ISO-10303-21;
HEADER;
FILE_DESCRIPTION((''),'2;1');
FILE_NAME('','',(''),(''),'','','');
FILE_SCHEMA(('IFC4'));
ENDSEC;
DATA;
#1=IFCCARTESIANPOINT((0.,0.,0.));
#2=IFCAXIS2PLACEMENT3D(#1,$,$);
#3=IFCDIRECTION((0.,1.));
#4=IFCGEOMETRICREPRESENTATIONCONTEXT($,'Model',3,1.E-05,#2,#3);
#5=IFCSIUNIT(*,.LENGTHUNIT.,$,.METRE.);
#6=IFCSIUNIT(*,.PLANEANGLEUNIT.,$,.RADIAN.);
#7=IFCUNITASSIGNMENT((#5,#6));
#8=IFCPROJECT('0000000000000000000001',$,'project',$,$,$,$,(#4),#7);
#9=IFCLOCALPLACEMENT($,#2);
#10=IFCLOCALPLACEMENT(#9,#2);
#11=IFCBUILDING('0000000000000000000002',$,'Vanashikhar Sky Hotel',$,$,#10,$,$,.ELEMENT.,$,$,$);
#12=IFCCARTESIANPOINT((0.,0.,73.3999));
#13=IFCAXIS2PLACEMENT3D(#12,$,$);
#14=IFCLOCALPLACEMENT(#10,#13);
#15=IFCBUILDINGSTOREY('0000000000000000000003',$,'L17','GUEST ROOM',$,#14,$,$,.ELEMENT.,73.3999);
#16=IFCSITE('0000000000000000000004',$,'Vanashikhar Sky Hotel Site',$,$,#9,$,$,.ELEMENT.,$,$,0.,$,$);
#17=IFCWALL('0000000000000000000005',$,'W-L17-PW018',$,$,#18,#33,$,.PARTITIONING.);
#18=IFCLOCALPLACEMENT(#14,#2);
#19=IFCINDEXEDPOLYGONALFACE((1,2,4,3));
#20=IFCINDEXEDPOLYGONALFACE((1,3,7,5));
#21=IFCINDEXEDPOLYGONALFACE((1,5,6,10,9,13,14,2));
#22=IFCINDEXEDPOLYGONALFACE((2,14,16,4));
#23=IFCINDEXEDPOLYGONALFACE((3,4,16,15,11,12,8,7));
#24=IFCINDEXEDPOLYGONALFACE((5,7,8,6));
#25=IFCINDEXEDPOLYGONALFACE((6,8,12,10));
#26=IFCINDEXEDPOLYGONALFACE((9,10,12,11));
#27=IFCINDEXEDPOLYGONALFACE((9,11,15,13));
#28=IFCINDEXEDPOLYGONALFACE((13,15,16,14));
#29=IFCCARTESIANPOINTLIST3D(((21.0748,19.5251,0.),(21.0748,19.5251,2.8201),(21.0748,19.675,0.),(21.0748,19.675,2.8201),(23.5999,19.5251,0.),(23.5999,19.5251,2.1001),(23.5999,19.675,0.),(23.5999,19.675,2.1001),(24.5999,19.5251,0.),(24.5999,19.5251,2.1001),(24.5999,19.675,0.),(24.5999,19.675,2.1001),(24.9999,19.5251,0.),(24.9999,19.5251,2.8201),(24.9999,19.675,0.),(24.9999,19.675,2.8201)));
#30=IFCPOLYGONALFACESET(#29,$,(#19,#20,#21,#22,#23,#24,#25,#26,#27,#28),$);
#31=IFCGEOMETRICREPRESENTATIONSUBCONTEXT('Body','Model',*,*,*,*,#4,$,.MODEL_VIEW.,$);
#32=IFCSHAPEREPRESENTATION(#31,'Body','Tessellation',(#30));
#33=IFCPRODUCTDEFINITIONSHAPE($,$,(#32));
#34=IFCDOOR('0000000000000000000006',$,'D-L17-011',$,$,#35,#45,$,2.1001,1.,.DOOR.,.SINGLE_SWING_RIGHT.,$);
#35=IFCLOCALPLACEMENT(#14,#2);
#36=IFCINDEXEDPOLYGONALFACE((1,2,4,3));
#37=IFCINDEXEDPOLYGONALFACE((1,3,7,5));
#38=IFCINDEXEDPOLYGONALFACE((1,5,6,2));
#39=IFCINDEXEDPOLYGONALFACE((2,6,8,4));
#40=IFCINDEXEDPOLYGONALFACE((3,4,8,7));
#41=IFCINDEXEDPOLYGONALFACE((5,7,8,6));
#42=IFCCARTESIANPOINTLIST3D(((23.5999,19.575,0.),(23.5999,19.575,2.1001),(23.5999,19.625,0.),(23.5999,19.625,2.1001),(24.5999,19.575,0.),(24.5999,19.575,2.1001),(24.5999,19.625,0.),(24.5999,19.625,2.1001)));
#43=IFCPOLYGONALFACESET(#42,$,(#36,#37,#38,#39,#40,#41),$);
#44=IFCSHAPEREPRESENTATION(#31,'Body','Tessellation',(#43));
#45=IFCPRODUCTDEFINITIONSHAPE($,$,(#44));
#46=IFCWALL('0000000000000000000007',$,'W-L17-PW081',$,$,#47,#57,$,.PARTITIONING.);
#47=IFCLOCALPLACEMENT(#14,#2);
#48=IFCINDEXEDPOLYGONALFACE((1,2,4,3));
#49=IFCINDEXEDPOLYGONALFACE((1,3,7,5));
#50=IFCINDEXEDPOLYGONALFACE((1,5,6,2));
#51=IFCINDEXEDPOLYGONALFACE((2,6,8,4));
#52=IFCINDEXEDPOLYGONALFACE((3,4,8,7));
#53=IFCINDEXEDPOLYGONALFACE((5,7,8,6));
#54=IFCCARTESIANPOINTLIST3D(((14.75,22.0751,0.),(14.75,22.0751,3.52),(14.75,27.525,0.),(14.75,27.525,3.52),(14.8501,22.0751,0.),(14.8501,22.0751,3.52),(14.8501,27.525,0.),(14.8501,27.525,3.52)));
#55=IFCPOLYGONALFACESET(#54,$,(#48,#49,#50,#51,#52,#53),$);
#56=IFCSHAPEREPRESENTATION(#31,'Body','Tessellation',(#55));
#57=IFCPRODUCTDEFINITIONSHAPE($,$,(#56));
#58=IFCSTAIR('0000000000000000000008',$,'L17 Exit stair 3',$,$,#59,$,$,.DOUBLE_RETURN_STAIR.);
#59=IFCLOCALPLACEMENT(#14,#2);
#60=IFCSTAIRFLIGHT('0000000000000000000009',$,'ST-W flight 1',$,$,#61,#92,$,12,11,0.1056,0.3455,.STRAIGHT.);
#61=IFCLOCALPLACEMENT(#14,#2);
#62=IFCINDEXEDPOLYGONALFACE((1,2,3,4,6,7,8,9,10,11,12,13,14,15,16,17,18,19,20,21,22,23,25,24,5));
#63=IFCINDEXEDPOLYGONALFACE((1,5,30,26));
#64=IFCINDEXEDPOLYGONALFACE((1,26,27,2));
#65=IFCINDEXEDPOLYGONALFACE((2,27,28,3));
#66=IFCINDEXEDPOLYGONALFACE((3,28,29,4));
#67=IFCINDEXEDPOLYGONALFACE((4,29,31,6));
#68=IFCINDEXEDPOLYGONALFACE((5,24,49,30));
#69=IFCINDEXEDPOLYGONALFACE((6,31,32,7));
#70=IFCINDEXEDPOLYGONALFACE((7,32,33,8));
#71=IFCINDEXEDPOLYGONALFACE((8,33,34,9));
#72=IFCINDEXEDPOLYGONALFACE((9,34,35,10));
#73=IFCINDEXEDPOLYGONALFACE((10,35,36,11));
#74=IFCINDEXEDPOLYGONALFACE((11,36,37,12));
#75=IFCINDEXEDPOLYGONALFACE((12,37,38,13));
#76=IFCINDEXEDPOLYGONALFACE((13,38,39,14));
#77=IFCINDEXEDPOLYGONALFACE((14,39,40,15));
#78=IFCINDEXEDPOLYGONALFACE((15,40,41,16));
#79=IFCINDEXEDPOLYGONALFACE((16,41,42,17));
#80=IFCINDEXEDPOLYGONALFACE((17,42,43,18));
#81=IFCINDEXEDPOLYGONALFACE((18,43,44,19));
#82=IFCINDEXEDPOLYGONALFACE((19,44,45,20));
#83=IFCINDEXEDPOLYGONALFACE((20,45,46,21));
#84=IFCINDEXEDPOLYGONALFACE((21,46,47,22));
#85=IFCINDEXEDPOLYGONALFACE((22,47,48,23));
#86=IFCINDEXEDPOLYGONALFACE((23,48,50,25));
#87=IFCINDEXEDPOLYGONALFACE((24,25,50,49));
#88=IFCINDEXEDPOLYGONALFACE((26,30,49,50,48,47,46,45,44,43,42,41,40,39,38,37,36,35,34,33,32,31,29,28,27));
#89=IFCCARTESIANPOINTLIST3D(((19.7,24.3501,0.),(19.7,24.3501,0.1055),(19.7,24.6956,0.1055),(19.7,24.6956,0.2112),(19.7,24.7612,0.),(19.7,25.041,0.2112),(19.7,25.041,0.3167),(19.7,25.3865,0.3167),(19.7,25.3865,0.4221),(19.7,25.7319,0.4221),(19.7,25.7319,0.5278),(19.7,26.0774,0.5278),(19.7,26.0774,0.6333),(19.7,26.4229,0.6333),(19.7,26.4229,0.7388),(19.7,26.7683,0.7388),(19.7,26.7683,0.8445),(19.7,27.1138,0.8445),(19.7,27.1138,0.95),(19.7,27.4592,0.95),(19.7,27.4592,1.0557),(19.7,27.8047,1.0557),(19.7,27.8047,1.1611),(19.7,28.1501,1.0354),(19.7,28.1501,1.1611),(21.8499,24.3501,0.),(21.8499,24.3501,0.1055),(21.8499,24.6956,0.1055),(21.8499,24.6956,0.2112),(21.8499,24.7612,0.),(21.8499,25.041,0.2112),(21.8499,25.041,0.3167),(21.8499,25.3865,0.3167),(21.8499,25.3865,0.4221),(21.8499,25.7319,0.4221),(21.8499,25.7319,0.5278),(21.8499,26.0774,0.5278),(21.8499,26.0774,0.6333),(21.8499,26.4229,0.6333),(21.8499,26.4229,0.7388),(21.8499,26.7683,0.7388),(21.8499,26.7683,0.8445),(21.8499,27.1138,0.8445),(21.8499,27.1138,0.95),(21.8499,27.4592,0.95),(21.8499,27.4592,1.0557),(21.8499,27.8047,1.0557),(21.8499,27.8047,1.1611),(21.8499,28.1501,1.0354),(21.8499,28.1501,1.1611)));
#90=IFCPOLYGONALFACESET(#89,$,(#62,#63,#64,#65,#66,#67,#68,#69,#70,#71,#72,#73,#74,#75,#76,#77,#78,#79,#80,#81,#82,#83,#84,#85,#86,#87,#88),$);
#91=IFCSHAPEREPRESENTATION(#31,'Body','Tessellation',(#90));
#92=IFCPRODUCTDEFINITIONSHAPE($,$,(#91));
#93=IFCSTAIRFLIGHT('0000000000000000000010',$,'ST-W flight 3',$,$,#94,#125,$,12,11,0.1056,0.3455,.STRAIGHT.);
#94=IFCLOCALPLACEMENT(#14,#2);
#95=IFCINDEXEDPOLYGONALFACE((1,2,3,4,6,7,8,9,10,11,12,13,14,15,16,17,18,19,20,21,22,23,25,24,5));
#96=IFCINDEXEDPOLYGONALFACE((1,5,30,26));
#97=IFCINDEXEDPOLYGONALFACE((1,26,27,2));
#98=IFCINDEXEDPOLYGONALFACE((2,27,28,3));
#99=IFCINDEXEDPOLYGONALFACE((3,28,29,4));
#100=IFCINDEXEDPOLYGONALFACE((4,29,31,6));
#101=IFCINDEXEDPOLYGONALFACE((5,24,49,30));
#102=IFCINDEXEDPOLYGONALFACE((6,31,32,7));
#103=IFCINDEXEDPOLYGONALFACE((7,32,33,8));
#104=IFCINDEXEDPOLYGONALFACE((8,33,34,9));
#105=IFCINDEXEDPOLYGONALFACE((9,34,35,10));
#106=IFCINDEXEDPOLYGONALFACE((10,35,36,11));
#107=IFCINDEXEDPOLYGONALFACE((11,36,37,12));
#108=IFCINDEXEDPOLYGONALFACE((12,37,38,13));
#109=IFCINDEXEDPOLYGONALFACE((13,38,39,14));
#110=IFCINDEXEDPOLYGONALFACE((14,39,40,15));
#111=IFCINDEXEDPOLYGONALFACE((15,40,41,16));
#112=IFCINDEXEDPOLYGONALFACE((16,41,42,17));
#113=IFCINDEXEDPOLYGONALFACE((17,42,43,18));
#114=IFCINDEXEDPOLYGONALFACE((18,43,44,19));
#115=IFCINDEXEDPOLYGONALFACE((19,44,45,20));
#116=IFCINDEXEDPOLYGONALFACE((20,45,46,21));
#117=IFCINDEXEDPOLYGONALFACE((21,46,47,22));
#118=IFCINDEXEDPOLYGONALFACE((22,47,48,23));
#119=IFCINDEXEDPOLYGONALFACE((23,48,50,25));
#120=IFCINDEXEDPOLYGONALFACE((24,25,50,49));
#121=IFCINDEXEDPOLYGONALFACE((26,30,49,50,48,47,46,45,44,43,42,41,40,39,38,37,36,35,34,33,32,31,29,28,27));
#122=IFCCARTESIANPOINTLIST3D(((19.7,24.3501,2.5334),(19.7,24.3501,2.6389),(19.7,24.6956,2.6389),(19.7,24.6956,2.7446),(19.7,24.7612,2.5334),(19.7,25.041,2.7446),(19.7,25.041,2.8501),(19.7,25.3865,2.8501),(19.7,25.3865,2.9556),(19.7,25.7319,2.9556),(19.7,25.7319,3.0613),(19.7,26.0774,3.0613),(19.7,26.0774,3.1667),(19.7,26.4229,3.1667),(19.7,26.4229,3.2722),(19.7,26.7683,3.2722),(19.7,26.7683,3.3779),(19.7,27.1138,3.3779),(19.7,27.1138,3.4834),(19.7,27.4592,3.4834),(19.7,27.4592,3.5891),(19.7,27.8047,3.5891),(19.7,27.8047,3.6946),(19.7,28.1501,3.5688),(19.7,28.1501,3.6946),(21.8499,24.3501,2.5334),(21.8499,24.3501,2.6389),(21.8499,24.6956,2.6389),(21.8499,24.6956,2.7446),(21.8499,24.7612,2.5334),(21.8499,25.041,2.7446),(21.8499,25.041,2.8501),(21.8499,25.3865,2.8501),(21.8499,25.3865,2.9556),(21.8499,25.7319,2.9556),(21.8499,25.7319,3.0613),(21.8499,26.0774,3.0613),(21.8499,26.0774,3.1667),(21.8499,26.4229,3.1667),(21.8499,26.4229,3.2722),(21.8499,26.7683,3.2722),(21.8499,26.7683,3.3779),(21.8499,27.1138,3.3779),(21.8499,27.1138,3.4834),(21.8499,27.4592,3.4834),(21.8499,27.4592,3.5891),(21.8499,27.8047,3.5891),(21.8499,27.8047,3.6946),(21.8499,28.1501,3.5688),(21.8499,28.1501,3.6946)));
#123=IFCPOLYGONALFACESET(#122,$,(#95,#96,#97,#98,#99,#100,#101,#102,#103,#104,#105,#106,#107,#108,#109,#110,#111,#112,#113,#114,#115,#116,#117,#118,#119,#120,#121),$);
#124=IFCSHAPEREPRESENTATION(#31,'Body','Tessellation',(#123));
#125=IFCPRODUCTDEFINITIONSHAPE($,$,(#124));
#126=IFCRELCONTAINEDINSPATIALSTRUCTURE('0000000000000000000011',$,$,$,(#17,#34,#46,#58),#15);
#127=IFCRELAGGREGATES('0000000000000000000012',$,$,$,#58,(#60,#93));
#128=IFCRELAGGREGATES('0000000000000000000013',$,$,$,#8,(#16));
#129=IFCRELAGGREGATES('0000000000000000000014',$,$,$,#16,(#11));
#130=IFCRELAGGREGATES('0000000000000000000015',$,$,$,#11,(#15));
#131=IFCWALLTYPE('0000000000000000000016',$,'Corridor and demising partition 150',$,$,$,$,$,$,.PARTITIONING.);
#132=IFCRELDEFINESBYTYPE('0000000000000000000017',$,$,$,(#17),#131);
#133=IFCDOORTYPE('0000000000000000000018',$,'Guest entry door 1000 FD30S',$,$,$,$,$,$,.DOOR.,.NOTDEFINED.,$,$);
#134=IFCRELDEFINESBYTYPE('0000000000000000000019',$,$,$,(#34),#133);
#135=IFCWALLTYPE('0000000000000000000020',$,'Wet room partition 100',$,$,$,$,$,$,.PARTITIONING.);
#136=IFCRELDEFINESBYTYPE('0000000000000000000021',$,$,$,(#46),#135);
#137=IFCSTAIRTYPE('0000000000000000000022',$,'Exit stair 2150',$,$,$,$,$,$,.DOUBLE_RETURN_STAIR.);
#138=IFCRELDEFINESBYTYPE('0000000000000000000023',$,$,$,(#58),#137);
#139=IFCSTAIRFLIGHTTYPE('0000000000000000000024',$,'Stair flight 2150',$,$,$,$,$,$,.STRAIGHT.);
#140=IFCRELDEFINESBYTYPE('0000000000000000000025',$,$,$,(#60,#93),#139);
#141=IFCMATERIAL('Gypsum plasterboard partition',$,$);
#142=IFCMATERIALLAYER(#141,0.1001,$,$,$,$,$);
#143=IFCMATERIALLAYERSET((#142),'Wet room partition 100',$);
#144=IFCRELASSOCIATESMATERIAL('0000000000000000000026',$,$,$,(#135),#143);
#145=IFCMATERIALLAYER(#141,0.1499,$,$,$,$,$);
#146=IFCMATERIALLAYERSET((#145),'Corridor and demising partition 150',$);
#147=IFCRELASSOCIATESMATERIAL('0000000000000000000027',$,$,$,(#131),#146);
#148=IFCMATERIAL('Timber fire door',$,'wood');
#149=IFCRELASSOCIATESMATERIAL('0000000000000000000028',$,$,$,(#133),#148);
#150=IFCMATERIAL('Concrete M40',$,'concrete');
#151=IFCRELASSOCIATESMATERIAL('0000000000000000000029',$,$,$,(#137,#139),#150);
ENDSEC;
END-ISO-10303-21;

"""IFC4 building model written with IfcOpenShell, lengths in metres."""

from ifc_helpers import new_model, si_unit, direction, frame, frame_2d, origin, place, context, subcontext, project, spatial, polyline, rectangle, outline, extrude, source, transform, mapped, material, layer, layer_set, type_object, element, fill, aggregate, save


model = new_model("IFC4")

# Units and contexts
model_context = context("Model", 3, precision=1e-05, world=origin(), true_north=direction((0.0, 1.0)))
body_context = subcontext(model_context, "Body", "Model", "MODEL_VIEW")
ifc_project = project(units=[si_unit("LENGTHUNIT", "METRE"), si_unit("PLANEANGLEUNIT", "RADIAN")], contexts=[model_context])

# Site, building, storey
site_placement = place(None, origin())
site = spatial("IfcSite", under=ifc_project, at=site_placement, Name="Vanashikhar Sky Hotel Site", CompositionType="ELEMENT", RefElevation=0.0)
building_placement = place(site_placement, origin())
building = spatial("IfcBuilding", under=site, at=building_placement, Name="Vanashikhar Sky Hotel", CompositionType="ELEMENT")
storey_placement = place(building_placement, frame((0.0, 0.0, 73.3999)))
storey = spatial("IfcBuildingStorey", under=building, at=storey_placement, Name="L17", Description="GUEST ROOM", CompositionType="ELEMENT", Elevation=73.3999)

# Wall, opening, door
ifc_material_1 = material(Name="Gypsum plasterboard partition")
ifc_layer_1 = layer(ifc_material_1, 0.1001)
ifc_layer_set_1 = layer_set([ifc_layer_1], Name="Wet room partition 100")
wall_type_1 = type_object("IfcWallType", Name="Wet room partition 100", PredefinedType="PARTITIONING", material=ifc_layer_set_1)
ifc_layer_2 = layer(ifc_material_1, 0.1499)
ifc_layer_set_2 = layer_set([ifc_layer_2], Name="Corridor and demising partition 150")
wall_type_2 = type_object("IfcWallType", Name="Corridor and demising partition 150", PredefinedType="PARTITIONING", material=ifc_layer_set_2)
shared_shape_1 = source(origin(), body_context, "Body", "SweptSolid", [
    extrude(rectangle(XDim=3.925, YDim=0.1499, at=frame_2d((1.9624, 0.0))), origin(), (0.0, 0.0, 1.0), 2.8201),
])
shared_shape_2 = source(origin(), body_context, "Body", "SweptSolid", [
    extrude(rectangle(XDim=1.0, YDim=2.1001, at=frame_2d((0.5, 1.05))), frame((0.0, 0.085, 0.0), z_axis=(0.0, -1.0, 0.0), x_axis=(1.0, 0.0, 0.0)), (0.0, 0.0, 1.0), 0.1699),
])
ifc_material_2 = material(Name="Timber fire door", Category="wood")
door_type_1 = type_object("IfcDoorType", Name="Guest entry door 1000 FD30S", OperationType="NOTDEFINED", PredefinedType="DOOR", material=ifc_material_2)
shared_shape_3 = source(origin(), body_context, "Body", "SweptSolid", [
    extrude(rectangle(XDim=1.0, YDim=2.1001, at=frame_2d((0.5, 1.05))), frame((0.0, 0.0249, 0.0), z_axis=(0.0, -1.0, 0.0), x_axis=(1.0, 0.0, 0.0)), (0.0, 0.0, 1.0), 0.05),
])
wall_1_placement = place(storey_placement, frame((21.075, 19.6001, 0.0), z_axis=(0.0, 0.0, 1.0), x_axis=(1.0, 0.0, 0.0)))
wall_1 = element("IfcWall", 1, at=wall_1_placement, inside=storey, type_object=wall_type_2, Name="W-L17-PW018", PredefinedType="PARTITIONING", context=body_context, shape_type="MappedRepresentation", body=[
    mapped(shared_shape_1, transform((0.0, 0.0, 0.0), scale=1.0)),
])
opening_1_placement = place(wall_1_placement, frame((2.5249, 0.0, 0.0)))
opening_1 = element("IfcOpeningElement", 2, at=opening_1_placement, cuts=wall_1, PredefinedType="OPENING", context=body_context, shape_type="MappedRepresentation", body=[
    mapped(shared_shape_2, transform((0.0, 0.0, 0.0), scale=1.0)),
])
door_1_placement = place(opening_1_placement, origin())
door_1 = element("IfcDoor", 3, at=door_1_placement, inside=storey, type_object=door_type_1, Name="D-L17-011", OperationType="SINGLE_SWING_RIGHT", OverallHeight=2.1001, OverallWidth=1.0, PredefinedType="DOOR", context=body_context, shape_type="MappedRepresentation", body=[
    mapped(shared_shape_3, transform((0.0, 0.0, 0.0), scale=1.0)),
])
fill(opening_1, door_1)

# Wall
shared_shape_4 = source(origin(), body_context, "Body", "SweptSolid", [
    extrude(rectangle(XDim=5.45, YDim=0.1001, at=frame_2d((2.7251, 0.0))), origin(), (0.0, 0.0, 1.0), 3.52),
])
wall_2_placement = place(storey_placement, frame((14.8, 22.075, 0.0), z_axis=(0.0, 0.0, 1.0), x_axis=(0.0, 1.0, 0.0)))
element("IfcWall", 4, at=wall_2_placement, inside=storey, type_object=wall_type_1, Name="W-L17-PW081", PredefinedType="PARTITIONING", context=body_context, shape_type="MappedRepresentation", body=[
    mapped(shared_shape_4, transform((0.0, 0.0, 0.0), scale=1.0)),
])

# Stair, stair flights
ifc_material_3 = material(Name="Concrete M40", Category="concrete")
stair_type = type_object("IfcStairType", Name="Exit stair 2150", PredefinedType="DOUBLE_RETURN_STAIR", material=ifc_material_3)
stair_placement = place(storey_placement, origin())
stair = element("IfcStair", 5, at=stair_placement, inside=storey, type_object=stair_type, Name="L17 Exit stair 3", PredefinedType="DOUBLE_RETURN_STAIR")
stair_flight_type = type_object("IfcStairFlightType", Name="Stair flight 2150", PredefinedType="STRAIGHT", material=ifc_material_3)
shared_shape_5 = source(origin(), body_context, "Body", "SweptSolid", [
    extrude(outline(polyline([(0.0, 0.0), (0.0, 0.1055), (0.3455, 0.1055), (0.3455, 0.2112), (0.6909, 0.2112), (0.6909, 0.3167), (1.0364, 0.3167), (1.0364, 0.4221), (1.3818, 0.4221), (1.3818, 0.5278), (1.7273, 0.5278), (1.7273, 0.6333), (2.0728, 0.6333), (2.0728, 0.7388), (2.4182, 0.7388), (2.4182, 0.8445), (2.7637, 0.8445), (2.7637, 0.95), (3.1091, 0.95), (3.1091, 1.0557), (3.4546, 1.0557), (3.4546, 1.1611), (3.8, 1.1611), (3.8, 1.2666), (3.8, 1.0354), (0.4111, 0.0), (0.0, 0.0)])), frame((0.0, 1.075, 0.0), z_axis=(0.0, -1.0, 0.0), x_axis=(1.0, 0.0, 0.0)), (0.0, 0.0, 1.0), 2.1499),
])
stair_flight_1_placement = place(storey_placement, frame((20.7749, 24.3501, 0.0), z_axis=(0.0, 0.0, 1.0), x_axis=(0.0, 1.0, 0.0)))
stair_flight_1 = element("IfcStairFlight", 6, at=stair_flight_1_placement, type_object=stair_flight_type, Name="ST-W flight 1", NumberOfRisers=12, NumberOfTreads=11, PredefinedType="STRAIGHT", RiserHeight=0.1056, TreadLength=0.3455, context=body_context, shape_type="MappedRepresentation", body=[
    mapped(shared_shape_5, transform((0.0, 0.0, 0.0), scale=1.0)),
])
stair_flight_2_placement = place(storey_placement, frame((20.7749, 24.3501, 2.5334), z_axis=(0.0, 0.0, 1.0), x_axis=(0.0, 1.0, 0.0)))
stair_flight_2 = element("IfcStairFlight", 7, at=stair_flight_2_placement, type_object=stair_flight_type, Name="ST-W flight 3", NumberOfRisers=12, NumberOfTreads=11, PredefinedType="STRAIGHT", RiserHeight=0.1056, TreadLength=0.3455, context=body_context, shape_type="MappedRepresentation", body=[
    mapped(shared_shape_5, transform((0.0, 0.0, 0.0), scale=1.0)),
])
aggregate(stair, [stair_flight_1, stair_flight_2])

save(model, "model.ifc")
